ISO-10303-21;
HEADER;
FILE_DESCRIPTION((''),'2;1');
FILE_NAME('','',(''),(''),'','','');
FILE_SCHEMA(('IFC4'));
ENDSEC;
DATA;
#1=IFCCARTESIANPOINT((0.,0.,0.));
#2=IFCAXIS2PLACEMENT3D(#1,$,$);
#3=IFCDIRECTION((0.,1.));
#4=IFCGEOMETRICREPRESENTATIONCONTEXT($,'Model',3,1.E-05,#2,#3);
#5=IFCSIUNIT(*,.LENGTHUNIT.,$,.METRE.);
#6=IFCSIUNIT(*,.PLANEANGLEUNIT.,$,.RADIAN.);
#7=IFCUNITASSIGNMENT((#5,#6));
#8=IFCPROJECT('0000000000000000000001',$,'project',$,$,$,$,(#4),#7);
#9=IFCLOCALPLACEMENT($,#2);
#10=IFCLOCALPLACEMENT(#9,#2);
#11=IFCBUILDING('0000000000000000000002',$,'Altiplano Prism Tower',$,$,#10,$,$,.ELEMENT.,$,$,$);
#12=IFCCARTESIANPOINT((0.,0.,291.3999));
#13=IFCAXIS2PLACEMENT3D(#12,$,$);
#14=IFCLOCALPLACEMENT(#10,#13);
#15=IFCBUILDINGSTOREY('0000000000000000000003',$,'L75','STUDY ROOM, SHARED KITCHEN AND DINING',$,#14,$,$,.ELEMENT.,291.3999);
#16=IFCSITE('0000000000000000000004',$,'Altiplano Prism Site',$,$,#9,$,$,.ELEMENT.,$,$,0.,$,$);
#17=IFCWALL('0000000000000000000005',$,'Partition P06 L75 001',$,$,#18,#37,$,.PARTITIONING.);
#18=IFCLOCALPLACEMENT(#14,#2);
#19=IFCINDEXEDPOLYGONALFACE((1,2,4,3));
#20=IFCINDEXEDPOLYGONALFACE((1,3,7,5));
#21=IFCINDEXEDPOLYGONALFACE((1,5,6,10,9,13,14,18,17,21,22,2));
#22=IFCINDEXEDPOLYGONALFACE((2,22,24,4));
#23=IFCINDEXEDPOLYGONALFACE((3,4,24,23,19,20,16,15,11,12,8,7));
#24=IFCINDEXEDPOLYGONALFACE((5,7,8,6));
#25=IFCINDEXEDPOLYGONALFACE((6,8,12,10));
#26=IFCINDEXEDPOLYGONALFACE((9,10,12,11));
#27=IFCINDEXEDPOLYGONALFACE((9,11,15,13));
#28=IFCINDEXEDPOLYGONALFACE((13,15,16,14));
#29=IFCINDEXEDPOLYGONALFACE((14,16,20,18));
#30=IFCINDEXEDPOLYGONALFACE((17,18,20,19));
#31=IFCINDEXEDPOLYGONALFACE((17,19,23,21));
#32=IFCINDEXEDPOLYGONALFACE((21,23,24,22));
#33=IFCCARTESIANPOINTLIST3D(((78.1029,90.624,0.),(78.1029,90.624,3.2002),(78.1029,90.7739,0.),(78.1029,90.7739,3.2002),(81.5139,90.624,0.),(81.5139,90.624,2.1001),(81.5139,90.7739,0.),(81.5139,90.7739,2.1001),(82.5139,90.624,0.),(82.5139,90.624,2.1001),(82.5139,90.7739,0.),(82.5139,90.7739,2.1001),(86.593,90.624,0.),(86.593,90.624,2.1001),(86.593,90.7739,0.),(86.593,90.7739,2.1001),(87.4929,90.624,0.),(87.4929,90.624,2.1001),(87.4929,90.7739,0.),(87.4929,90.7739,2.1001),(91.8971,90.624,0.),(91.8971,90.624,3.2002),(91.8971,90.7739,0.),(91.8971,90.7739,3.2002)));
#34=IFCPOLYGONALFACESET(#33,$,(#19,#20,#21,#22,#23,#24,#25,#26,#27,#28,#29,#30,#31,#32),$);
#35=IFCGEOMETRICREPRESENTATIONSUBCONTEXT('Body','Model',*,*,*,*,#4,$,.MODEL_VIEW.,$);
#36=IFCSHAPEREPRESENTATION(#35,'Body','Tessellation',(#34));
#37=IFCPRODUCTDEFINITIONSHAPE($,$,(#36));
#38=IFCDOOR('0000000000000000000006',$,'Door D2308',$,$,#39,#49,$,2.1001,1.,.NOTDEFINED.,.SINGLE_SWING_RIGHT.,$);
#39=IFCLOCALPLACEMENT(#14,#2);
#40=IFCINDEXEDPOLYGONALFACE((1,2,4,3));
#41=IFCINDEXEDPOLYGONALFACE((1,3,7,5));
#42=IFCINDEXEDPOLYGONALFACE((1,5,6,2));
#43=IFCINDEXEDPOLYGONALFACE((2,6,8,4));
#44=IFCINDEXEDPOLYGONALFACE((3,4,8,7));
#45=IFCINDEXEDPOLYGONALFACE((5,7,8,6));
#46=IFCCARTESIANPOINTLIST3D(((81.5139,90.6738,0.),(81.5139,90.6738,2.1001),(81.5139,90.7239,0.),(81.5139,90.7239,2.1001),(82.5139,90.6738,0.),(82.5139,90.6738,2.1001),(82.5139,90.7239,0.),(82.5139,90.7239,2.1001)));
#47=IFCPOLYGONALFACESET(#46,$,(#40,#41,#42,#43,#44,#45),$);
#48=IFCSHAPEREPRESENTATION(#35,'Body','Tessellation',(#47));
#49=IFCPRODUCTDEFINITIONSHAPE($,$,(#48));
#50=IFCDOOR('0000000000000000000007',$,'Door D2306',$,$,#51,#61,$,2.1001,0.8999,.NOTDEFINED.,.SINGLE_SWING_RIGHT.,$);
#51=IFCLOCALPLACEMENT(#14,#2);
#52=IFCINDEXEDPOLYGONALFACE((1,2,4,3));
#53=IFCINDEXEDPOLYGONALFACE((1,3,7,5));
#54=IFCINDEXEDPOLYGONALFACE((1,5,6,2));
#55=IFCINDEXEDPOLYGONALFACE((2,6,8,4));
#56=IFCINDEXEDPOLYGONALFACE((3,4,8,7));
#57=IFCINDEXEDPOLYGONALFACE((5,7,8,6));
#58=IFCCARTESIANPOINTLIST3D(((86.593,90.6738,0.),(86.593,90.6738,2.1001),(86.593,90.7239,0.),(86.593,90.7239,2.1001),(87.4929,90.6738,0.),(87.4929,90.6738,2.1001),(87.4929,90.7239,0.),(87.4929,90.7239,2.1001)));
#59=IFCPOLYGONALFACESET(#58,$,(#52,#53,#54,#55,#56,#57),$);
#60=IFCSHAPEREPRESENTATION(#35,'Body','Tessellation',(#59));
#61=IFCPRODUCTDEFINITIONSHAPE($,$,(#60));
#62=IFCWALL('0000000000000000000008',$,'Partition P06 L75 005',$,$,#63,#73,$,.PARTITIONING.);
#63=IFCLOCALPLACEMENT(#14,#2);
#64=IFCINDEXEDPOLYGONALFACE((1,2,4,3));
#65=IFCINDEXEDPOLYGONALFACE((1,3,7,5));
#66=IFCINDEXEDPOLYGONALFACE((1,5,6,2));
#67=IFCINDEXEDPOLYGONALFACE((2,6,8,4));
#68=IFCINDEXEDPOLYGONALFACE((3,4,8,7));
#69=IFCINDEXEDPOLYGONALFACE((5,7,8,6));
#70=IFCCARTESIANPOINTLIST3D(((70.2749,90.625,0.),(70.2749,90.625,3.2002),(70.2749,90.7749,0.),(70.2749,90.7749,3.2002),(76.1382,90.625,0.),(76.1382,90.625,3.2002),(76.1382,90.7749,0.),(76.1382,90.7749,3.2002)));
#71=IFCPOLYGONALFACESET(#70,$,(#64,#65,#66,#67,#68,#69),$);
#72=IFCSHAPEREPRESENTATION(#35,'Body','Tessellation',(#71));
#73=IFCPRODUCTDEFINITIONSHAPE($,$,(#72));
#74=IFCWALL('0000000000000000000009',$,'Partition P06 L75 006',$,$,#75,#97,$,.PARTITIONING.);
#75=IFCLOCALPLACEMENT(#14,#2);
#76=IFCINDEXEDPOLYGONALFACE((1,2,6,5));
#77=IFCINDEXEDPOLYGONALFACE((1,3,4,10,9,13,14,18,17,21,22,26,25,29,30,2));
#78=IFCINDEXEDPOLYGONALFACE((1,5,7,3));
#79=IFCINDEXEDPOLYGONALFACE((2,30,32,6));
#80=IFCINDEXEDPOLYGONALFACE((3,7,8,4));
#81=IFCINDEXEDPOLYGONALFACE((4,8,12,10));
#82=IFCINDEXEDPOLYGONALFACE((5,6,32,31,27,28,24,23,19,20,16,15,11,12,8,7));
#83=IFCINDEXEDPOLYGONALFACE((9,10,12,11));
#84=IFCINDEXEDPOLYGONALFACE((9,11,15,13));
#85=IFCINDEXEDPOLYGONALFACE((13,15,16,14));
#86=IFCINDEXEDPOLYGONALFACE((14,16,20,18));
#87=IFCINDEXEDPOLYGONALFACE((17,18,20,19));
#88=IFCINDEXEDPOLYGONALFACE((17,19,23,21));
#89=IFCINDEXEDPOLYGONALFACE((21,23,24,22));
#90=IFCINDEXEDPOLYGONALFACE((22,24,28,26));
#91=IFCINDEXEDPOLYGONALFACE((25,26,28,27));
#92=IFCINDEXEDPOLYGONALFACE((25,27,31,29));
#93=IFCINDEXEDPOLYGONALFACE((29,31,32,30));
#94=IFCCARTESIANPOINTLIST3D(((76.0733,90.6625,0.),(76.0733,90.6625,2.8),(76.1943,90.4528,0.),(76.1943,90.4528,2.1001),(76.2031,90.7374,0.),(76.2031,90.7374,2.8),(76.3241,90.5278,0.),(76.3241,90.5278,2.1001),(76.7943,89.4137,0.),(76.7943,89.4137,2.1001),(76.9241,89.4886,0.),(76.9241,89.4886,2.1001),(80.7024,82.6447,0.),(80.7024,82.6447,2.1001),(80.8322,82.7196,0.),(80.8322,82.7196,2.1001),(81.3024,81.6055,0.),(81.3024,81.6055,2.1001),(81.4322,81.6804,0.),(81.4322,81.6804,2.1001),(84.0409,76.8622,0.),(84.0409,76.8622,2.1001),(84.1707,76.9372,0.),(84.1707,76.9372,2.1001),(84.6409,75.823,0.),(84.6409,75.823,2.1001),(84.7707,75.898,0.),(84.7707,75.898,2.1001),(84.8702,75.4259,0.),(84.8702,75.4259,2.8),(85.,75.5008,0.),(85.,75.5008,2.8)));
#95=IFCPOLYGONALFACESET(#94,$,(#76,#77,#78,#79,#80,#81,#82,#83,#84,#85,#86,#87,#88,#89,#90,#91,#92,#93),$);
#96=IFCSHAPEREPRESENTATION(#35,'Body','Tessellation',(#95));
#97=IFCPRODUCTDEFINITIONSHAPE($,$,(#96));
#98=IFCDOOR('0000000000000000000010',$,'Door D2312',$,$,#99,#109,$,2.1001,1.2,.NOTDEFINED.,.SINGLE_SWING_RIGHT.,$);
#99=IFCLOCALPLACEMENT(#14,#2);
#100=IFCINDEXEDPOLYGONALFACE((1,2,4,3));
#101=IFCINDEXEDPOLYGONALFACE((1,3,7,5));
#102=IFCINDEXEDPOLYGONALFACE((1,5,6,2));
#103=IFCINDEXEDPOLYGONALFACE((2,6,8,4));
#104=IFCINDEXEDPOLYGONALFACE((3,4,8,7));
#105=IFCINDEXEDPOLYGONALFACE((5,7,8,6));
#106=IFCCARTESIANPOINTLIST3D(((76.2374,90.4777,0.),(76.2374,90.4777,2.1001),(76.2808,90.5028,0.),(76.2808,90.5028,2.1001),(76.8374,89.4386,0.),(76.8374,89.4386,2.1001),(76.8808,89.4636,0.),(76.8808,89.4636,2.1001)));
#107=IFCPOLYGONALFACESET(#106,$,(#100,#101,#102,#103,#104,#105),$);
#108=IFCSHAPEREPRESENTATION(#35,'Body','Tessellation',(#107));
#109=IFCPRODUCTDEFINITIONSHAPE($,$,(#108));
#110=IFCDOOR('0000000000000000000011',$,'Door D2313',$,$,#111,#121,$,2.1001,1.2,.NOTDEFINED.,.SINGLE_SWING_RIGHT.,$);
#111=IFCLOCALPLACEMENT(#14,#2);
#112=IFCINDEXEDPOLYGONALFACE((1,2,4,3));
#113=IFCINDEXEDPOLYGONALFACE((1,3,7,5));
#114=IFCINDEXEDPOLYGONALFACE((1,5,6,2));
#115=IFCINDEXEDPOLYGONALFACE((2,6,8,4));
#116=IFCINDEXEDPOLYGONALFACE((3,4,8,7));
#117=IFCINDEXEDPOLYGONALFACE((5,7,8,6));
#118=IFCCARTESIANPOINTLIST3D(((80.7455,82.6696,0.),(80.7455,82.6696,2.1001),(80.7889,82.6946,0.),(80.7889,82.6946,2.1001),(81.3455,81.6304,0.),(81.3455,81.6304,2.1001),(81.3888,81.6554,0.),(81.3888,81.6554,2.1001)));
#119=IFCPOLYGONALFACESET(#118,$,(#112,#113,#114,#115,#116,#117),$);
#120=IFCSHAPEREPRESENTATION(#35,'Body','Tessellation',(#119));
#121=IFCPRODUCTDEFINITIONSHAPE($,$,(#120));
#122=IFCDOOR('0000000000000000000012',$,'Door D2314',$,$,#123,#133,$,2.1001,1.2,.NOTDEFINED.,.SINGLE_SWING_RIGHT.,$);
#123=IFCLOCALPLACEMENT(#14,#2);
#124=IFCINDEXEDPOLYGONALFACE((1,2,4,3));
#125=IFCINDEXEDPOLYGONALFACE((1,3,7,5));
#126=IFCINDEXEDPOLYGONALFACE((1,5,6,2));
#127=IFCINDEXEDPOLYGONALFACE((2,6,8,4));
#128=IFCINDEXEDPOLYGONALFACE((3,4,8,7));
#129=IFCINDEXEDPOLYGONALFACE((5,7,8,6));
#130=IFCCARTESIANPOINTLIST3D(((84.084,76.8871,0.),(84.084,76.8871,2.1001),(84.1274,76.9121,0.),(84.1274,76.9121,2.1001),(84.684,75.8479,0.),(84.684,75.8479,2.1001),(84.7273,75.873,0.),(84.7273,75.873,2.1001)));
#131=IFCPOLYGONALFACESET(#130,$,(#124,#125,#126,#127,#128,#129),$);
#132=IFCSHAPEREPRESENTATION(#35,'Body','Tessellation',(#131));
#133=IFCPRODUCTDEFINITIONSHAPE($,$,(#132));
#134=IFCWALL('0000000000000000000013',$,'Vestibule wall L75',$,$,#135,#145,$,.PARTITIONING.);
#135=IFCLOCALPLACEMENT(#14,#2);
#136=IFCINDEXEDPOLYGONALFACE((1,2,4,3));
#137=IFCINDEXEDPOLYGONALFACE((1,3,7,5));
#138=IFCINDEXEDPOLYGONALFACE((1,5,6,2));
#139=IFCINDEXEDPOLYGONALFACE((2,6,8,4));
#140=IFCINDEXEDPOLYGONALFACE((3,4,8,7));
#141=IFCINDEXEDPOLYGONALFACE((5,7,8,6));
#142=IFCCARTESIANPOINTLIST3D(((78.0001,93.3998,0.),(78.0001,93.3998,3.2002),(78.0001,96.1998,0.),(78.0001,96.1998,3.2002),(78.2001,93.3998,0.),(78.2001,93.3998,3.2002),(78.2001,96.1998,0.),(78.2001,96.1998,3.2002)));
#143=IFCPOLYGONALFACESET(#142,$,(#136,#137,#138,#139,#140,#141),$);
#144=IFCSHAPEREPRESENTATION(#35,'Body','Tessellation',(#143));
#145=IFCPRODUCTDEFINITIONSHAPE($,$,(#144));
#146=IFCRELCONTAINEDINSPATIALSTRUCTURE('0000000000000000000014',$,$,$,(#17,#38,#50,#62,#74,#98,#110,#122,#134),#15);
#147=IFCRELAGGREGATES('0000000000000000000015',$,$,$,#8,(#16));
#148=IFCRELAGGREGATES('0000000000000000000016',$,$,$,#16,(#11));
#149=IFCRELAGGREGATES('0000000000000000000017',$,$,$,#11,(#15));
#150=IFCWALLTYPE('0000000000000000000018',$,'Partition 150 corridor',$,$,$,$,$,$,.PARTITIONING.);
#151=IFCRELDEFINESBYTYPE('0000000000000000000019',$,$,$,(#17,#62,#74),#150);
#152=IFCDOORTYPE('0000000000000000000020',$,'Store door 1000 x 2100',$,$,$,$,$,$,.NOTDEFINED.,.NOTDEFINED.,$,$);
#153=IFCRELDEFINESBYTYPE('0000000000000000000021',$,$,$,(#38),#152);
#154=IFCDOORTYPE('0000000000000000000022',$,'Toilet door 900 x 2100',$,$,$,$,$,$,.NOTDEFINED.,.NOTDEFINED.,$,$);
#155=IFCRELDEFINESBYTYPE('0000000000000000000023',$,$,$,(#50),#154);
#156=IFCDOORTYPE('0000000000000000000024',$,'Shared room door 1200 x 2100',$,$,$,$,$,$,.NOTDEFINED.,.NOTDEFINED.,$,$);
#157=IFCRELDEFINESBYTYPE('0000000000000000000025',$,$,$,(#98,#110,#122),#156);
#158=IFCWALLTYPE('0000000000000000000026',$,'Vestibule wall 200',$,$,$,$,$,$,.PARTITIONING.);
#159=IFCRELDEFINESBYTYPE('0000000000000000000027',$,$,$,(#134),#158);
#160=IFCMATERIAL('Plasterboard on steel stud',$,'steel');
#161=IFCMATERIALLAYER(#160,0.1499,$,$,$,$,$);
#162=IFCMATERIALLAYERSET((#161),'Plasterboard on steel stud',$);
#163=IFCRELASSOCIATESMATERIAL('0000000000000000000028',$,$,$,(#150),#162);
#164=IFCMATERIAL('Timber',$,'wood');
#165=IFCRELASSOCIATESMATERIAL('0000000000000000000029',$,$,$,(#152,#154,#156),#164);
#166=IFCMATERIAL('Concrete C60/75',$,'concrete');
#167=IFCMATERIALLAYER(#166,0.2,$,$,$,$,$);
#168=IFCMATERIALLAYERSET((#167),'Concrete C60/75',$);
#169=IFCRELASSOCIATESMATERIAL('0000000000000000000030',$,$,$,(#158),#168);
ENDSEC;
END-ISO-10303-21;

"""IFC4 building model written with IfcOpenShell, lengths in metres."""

from ifc_helpers import new_model, si_unit, direction, frame, frame_2d, origin, place, context, subcontext, project, spatial, rectangle, extrude, material, layer, layer_set, type_object, element, fill, save


model = new_model("IFC4")

# Units and contexts
model_context = context("Model", 3, precision=1e-05, world=origin(), true_north=direction((0.0, 1.0)))
body_context = subcontext(model_context, "Body", "Model", "MODEL_VIEW")
ifc_project = project(units=[si_unit("LENGTHUNIT", "METRE"), si_unit("PLANEANGLEUNIT", "RADIAN")], contexts=[model_context])

# Site, building, storey
site_placement = place(None, origin())
site = spatial("IfcSite", under=ifc_project, at=site_placement, Name="Altiplano Prism Site", CompositionType="ELEMENT", RefElevation=0.0)
building_placement = place(site_placement, origin())
building = spatial("IfcBuilding", under=site, at=building_placement, Name="Altiplano Prism Tower", CompositionType="ELEMENT")
storey_placement = place(building_placement, frame((0.0, 0.0, 291.3999)))
storey = spatial("IfcBuildingStorey", under=building, at=storey_placement, Name="L75", Description="STUDY ROOM, SHARED KITCHEN AND DINING", CompositionType="ELEMENT", Elevation=291.3999)

# Shared definitions
ifc_material_1 = material(Name="Concrete C60/75", Category="concrete")

# Shared definitions
ifc_material_2 = material(Name="Plasterboard on steel stud", Category="steel")

# Wall, openings, doors
ifc_layer_1 = layer(ifc_material_2, 0.1499)
ifc_layer_set_1 = layer_set([ifc_layer_1], Name="Plasterboard on steel stud")
wall_type_1 = type_object("IfcWallType", Name="Partition 150 corridor", PredefinedType="PARTITIONING", material=ifc_layer_set_1)
wall_1_placement = place(storey_placement, frame((78.103, 90.699, 0.0), z_axis=(0.0, 0.0, 1.0), x_axis=(1.0, 0.0, 0.0)))
wall_1 = element("IfcWall", 1, at=wall_1_placement, inside=storey, type_object=wall_type_1, Name="Partition P06 L75 001", PredefinedType="PARTITIONING", context=body_context, shape_type="SweptSolid", body=[
    extrude(rectangle(XDim=13.7942, YDim=0.1499, at=frame_2d((6.897, 0.0))), origin(), (0.0, 0.0, 1.0), 3.2002),
])
opening_1_placement = place(wall_1_placement, frame((8.49, 0.0, 0.0)))
opening_1 = element("IfcOpeningElement", 2, at=opening_1_placement, cuts=wall_1, PredefinedType="OPENING", context=body_context, shape_type="SweptSolid", body=[
    extrude(rectangle(XDim=0.8999, YDim=2.1001, at=frame_2d((0.45, 1.05))), frame((0.0, 0.0854, 0.0), z_axis=(0.0, -1.0, 0.0), x_axis=(1.0, 0.0, 0.0)), (0.0, 0.0, 1.0), 0.1709),
])
opening_2_placement = place(wall_1_placement, frame((3.4109, 0.0, 0.0)))
opening_2 = element("IfcOpeningElement", 3, at=opening_2_placement, cuts=wall_1, PredefinedType="OPENING", context=body_context, shape_type="SweptSolid", body=[
    extrude(rectangle(XDim=1.0, YDim=2.1001, at=frame_2d((0.5, 1.05))), frame((0.0, 0.0854, 0.0), z_axis=(0.0, -1.0, 0.0), x_axis=(1.0, 0.0, 0.0)), (0.0, 0.0, 1.0), 0.1709),
])
ifc_material_3 = material(Name="Timber", Category="wood")
door_type_1 = type_object("IfcDoorType", Name="Store door 1000 x 2100", OperationType="NOTDEFINED", PredefinedType="NOTDEFINED", material=ifc_material_3)
door_1_placement = place(opening_2_placement, origin())
door_1 = element("IfcDoor", 4, at=door_1_placement, inside=storey, type_object=door_type_1, Name="Door D2308", OperationType="SINGLE_SWING_RIGHT", OverallHeight=2.1001, OverallWidth=1.0, PredefinedType="NOTDEFINED", context=body_context, shape_type="SweptSolid", body=[
    extrude(rectangle(XDim=1.0, YDim=2.1001, at=frame_2d((0.5, 1.05))), frame((0.0, 0.0249, 0.0), z_axis=(0.0, -1.0, 0.0), x_axis=(1.0, 0.0, 0.0)), (0.0, 0.0, 1.0), 0.05),
])
fill(opening_2, door_1)
door_type_2 = type_object("IfcDoorType", Name="Toilet door 900 x 2100", OperationType="NOTDEFINED", PredefinedType="NOTDEFINED", material=ifc_material_3)
door_2_placement = place(opening_1_placement, origin())
door_2 = element("IfcDoor", 5, at=door_2_placement, inside=storey, type_object=door_type_2, Name="Door D2306", OperationType="SINGLE_SWING_RIGHT", OverallHeight=2.1001, OverallWidth=0.8999, PredefinedType="NOTDEFINED", context=body_context, shape_type="SweptSolid", body=[
    extrude(rectangle(XDim=0.8999, YDim=2.1001, at=frame_2d((0.45, 1.05))), frame((0.0, 0.0249, 0.0), z_axis=(0.0, -1.0, 0.0), x_axis=(1.0, 0.0, 0.0)), (0.0, 0.0, 1.0), 0.05),
])
fill(opening_1, door_2)

# Wall
wall_2_placement = place(storey_placement, frame((70.2749, 90.7, 0.0), z_axis=(0.0, 0.0, 1.0), x_axis=(1.0, 0.0, 0.0)))
element("IfcWall", 6, at=wall_2_placement, inside=storey, type_object=wall_type_1, Name="Partition P06 L75 005", PredefinedType="PARTITIONING", context=body_context, shape_type="SweptSolid", body=[
    extrude(rectangle(XDim=5.8633, YDim=0.1499, at=frame_2d((2.9316, 0.0))), origin(), (0.0, 0.0, 1.0), 3.2002),
])

# Wall, openings, doors
wall_3_placement = place(storey_placement, frame((76.1382, 90.7, 0.0), z_axis=(0.0, 0.0, 1.0), x_axis=(0.500002, -0.866025, 0.0)))
wall_3 = element("IfcWall", 7, at=wall_3_placement, inside=storey, type_object=wall_type_1, Name="Partition P06 L75 006", PredefinedType="PARTITIONING", context=body_context, shape_type="SweptSolid", body=[
    extrude(rectangle(XDim=17.5938, YDim=0.1499, at=frame_2d((8.7969, 0.0))), origin(), (0.0, 0.0, 1.0), 2.8),
])
opening_3_placement = place(wall_3_placement, frame((0.2419, 0.0, 0.0)))
opening_3 = element("IfcOpeningElement", 8, at=opening_3_placement, cuts=wall_3, PredefinedType="OPENING", context=body_context, shape_type="SweptSolid", body=[
    extrude(rectangle(XDim=1.2, YDim=2.1001, at=frame_2d((0.6001, 1.05))), frame((0.0, 0.0854, 0.0), z_axis=(0.0, -1.0, 0.0), x_axis=(1.0, 0.0, 0.0)), (0.0, 0.0, 1.0), 0.1709),
])
opening_4_placement = place(wall_3_placement, frame((9.2581, 0.0, 0.0)))
opening_4 = element("IfcOpeningElement", 9, at=opening_4_placement, cuts=wall_3, PredefinedType="OPENING", context=body_context, shape_type="SweptSolid", body=[
    extrude(rectangle(XDim=1.2, YDim=2.1001, at=frame_2d((0.6001, 1.05))), frame((0.0, 0.0854, 0.0), z_axis=(0.0, -1.0, 0.0), x_axis=(1.0, 0.0, 0.0)), (0.0, 0.0, 1.0), 0.1709),
])
opening_5_placement = place(wall_3_placement, frame((15.9351, 0.0, 0.0)))
opening_5 = element("IfcOpeningElement", 10, at=opening_5_placement, cuts=wall_3, PredefinedType="OPENING", context=body_context, shape_type="SweptSolid", body=[
    extrude(rectangle(XDim=1.2, YDim=2.1001, at=frame_2d((0.6001, 1.05))), frame((0.0, 0.0854, 0.0), z_axis=(0.0, -1.0, 0.0), x_axis=(1.0, 0.0, 0.0)), (0.0, 0.0, 1.0), 0.1709),
])
door_type_3 = type_object("IfcDoorType", Name="Shared room door 1200 x 2100", OperationType="NOTDEFINED", PredefinedType="NOTDEFINED", material=ifc_material_3)
door_3_placement = place(opening_3_placement, origin())
door_3 = element("IfcDoor", 11, at=door_3_placement, inside=storey, type_object=door_type_3, Name="Door D2312", OperationType="SINGLE_SWING_RIGHT", OverallHeight=2.1001, OverallWidth=1.2, PredefinedType="NOTDEFINED", context=body_context, shape_type="SweptSolid", body=[
    extrude(rectangle(XDim=1.2, YDim=2.1001, at=frame_2d((0.6001, 1.05))), frame((0.0, 0.0249, 0.0), z_axis=(0.0, -1.0, 0.0), x_axis=(1.0, 0.0, 0.0)), (0.0, 0.0, 1.0), 0.05),
])
fill(opening_3, door_3)
door_4_placement = place(opening_4_placement, origin())
door_4 = element("IfcDoor", 12, at=door_4_placement, inside=storey, type_object=door_type_3, Name="Door D2313", OperationType="SINGLE_SWING_RIGHT", OverallHeight=2.1001, OverallWidth=1.2, PredefinedType="NOTDEFINED", context=body_context, shape_type="SweptSolid", body=[
    extrude(rectangle(XDim=1.2, YDim=2.1001, at=frame_2d((0.6001, 1.05))), frame((0.0, 0.0249, 0.0), z_axis=(0.0, -1.0, 0.0), x_axis=(1.0, 0.0, 0.0)), (0.0, 0.0, 1.0), 0.05),
])
fill(opening_4, door_4)
door_5_placement = place(opening_5_placement, origin())
door_5 = element("IfcDoor", 13, at=door_5_placement, inside=storey, type_object=door_type_3, Name="Door D2314", OperationType="SINGLE_SWING_RIGHT", OverallHeight=2.1001, OverallWidth=1.2, PredefinedType="NOTDEFINED", context=body_context, shape_type="SweptSolid", body=[
    extrude(rectangle(XDim=1.2, YDim=2.1001, at=frame_2d((0.6001, 1.05))), frame((0.0, 0.0249, 0.0), z_axis=(0.0, -1.0, 0.0), x_axis=(1.0, 0.0, 0.0)), (0.0, 0.0, 1.0), 0.05),
])
fill(opening_5, door_5)

# Wall
ifc_layer_2 = layer(ifc_material_1, 0.2)
ifc_layer_set_2 = layer_set([ifc_layer_2], Name="Concrete C60/75")
wall_type_2 = type_object("IfcWallType", Name="Vestibule wall 200", PredefinedType="PARTITIONING", material=ifc_layer_set_2)
wall_4_placement = place(storey_placement, frame((78.1001, 93.3999, 0.0), z_axis=(0.0, 0.0, 1.0), x_axis=(0.0, 1.0, 0.0)))
element("IfcWall", 14, at=wall_4_placement, inside=storey, type_object=wall_type_2, Name="Vestibule wall L75", PredefinedType="PARTITIONING", context=body_context, shape_type="SweptSolid", body=[
    extrude(rectangle(XDim=2.8, YDim=0.2, at=frame_2d((1.3999, 0.0))), origin(), (0.0, 0.0, 1.0), 3.2002),
])

save(model, "model.ifc")
